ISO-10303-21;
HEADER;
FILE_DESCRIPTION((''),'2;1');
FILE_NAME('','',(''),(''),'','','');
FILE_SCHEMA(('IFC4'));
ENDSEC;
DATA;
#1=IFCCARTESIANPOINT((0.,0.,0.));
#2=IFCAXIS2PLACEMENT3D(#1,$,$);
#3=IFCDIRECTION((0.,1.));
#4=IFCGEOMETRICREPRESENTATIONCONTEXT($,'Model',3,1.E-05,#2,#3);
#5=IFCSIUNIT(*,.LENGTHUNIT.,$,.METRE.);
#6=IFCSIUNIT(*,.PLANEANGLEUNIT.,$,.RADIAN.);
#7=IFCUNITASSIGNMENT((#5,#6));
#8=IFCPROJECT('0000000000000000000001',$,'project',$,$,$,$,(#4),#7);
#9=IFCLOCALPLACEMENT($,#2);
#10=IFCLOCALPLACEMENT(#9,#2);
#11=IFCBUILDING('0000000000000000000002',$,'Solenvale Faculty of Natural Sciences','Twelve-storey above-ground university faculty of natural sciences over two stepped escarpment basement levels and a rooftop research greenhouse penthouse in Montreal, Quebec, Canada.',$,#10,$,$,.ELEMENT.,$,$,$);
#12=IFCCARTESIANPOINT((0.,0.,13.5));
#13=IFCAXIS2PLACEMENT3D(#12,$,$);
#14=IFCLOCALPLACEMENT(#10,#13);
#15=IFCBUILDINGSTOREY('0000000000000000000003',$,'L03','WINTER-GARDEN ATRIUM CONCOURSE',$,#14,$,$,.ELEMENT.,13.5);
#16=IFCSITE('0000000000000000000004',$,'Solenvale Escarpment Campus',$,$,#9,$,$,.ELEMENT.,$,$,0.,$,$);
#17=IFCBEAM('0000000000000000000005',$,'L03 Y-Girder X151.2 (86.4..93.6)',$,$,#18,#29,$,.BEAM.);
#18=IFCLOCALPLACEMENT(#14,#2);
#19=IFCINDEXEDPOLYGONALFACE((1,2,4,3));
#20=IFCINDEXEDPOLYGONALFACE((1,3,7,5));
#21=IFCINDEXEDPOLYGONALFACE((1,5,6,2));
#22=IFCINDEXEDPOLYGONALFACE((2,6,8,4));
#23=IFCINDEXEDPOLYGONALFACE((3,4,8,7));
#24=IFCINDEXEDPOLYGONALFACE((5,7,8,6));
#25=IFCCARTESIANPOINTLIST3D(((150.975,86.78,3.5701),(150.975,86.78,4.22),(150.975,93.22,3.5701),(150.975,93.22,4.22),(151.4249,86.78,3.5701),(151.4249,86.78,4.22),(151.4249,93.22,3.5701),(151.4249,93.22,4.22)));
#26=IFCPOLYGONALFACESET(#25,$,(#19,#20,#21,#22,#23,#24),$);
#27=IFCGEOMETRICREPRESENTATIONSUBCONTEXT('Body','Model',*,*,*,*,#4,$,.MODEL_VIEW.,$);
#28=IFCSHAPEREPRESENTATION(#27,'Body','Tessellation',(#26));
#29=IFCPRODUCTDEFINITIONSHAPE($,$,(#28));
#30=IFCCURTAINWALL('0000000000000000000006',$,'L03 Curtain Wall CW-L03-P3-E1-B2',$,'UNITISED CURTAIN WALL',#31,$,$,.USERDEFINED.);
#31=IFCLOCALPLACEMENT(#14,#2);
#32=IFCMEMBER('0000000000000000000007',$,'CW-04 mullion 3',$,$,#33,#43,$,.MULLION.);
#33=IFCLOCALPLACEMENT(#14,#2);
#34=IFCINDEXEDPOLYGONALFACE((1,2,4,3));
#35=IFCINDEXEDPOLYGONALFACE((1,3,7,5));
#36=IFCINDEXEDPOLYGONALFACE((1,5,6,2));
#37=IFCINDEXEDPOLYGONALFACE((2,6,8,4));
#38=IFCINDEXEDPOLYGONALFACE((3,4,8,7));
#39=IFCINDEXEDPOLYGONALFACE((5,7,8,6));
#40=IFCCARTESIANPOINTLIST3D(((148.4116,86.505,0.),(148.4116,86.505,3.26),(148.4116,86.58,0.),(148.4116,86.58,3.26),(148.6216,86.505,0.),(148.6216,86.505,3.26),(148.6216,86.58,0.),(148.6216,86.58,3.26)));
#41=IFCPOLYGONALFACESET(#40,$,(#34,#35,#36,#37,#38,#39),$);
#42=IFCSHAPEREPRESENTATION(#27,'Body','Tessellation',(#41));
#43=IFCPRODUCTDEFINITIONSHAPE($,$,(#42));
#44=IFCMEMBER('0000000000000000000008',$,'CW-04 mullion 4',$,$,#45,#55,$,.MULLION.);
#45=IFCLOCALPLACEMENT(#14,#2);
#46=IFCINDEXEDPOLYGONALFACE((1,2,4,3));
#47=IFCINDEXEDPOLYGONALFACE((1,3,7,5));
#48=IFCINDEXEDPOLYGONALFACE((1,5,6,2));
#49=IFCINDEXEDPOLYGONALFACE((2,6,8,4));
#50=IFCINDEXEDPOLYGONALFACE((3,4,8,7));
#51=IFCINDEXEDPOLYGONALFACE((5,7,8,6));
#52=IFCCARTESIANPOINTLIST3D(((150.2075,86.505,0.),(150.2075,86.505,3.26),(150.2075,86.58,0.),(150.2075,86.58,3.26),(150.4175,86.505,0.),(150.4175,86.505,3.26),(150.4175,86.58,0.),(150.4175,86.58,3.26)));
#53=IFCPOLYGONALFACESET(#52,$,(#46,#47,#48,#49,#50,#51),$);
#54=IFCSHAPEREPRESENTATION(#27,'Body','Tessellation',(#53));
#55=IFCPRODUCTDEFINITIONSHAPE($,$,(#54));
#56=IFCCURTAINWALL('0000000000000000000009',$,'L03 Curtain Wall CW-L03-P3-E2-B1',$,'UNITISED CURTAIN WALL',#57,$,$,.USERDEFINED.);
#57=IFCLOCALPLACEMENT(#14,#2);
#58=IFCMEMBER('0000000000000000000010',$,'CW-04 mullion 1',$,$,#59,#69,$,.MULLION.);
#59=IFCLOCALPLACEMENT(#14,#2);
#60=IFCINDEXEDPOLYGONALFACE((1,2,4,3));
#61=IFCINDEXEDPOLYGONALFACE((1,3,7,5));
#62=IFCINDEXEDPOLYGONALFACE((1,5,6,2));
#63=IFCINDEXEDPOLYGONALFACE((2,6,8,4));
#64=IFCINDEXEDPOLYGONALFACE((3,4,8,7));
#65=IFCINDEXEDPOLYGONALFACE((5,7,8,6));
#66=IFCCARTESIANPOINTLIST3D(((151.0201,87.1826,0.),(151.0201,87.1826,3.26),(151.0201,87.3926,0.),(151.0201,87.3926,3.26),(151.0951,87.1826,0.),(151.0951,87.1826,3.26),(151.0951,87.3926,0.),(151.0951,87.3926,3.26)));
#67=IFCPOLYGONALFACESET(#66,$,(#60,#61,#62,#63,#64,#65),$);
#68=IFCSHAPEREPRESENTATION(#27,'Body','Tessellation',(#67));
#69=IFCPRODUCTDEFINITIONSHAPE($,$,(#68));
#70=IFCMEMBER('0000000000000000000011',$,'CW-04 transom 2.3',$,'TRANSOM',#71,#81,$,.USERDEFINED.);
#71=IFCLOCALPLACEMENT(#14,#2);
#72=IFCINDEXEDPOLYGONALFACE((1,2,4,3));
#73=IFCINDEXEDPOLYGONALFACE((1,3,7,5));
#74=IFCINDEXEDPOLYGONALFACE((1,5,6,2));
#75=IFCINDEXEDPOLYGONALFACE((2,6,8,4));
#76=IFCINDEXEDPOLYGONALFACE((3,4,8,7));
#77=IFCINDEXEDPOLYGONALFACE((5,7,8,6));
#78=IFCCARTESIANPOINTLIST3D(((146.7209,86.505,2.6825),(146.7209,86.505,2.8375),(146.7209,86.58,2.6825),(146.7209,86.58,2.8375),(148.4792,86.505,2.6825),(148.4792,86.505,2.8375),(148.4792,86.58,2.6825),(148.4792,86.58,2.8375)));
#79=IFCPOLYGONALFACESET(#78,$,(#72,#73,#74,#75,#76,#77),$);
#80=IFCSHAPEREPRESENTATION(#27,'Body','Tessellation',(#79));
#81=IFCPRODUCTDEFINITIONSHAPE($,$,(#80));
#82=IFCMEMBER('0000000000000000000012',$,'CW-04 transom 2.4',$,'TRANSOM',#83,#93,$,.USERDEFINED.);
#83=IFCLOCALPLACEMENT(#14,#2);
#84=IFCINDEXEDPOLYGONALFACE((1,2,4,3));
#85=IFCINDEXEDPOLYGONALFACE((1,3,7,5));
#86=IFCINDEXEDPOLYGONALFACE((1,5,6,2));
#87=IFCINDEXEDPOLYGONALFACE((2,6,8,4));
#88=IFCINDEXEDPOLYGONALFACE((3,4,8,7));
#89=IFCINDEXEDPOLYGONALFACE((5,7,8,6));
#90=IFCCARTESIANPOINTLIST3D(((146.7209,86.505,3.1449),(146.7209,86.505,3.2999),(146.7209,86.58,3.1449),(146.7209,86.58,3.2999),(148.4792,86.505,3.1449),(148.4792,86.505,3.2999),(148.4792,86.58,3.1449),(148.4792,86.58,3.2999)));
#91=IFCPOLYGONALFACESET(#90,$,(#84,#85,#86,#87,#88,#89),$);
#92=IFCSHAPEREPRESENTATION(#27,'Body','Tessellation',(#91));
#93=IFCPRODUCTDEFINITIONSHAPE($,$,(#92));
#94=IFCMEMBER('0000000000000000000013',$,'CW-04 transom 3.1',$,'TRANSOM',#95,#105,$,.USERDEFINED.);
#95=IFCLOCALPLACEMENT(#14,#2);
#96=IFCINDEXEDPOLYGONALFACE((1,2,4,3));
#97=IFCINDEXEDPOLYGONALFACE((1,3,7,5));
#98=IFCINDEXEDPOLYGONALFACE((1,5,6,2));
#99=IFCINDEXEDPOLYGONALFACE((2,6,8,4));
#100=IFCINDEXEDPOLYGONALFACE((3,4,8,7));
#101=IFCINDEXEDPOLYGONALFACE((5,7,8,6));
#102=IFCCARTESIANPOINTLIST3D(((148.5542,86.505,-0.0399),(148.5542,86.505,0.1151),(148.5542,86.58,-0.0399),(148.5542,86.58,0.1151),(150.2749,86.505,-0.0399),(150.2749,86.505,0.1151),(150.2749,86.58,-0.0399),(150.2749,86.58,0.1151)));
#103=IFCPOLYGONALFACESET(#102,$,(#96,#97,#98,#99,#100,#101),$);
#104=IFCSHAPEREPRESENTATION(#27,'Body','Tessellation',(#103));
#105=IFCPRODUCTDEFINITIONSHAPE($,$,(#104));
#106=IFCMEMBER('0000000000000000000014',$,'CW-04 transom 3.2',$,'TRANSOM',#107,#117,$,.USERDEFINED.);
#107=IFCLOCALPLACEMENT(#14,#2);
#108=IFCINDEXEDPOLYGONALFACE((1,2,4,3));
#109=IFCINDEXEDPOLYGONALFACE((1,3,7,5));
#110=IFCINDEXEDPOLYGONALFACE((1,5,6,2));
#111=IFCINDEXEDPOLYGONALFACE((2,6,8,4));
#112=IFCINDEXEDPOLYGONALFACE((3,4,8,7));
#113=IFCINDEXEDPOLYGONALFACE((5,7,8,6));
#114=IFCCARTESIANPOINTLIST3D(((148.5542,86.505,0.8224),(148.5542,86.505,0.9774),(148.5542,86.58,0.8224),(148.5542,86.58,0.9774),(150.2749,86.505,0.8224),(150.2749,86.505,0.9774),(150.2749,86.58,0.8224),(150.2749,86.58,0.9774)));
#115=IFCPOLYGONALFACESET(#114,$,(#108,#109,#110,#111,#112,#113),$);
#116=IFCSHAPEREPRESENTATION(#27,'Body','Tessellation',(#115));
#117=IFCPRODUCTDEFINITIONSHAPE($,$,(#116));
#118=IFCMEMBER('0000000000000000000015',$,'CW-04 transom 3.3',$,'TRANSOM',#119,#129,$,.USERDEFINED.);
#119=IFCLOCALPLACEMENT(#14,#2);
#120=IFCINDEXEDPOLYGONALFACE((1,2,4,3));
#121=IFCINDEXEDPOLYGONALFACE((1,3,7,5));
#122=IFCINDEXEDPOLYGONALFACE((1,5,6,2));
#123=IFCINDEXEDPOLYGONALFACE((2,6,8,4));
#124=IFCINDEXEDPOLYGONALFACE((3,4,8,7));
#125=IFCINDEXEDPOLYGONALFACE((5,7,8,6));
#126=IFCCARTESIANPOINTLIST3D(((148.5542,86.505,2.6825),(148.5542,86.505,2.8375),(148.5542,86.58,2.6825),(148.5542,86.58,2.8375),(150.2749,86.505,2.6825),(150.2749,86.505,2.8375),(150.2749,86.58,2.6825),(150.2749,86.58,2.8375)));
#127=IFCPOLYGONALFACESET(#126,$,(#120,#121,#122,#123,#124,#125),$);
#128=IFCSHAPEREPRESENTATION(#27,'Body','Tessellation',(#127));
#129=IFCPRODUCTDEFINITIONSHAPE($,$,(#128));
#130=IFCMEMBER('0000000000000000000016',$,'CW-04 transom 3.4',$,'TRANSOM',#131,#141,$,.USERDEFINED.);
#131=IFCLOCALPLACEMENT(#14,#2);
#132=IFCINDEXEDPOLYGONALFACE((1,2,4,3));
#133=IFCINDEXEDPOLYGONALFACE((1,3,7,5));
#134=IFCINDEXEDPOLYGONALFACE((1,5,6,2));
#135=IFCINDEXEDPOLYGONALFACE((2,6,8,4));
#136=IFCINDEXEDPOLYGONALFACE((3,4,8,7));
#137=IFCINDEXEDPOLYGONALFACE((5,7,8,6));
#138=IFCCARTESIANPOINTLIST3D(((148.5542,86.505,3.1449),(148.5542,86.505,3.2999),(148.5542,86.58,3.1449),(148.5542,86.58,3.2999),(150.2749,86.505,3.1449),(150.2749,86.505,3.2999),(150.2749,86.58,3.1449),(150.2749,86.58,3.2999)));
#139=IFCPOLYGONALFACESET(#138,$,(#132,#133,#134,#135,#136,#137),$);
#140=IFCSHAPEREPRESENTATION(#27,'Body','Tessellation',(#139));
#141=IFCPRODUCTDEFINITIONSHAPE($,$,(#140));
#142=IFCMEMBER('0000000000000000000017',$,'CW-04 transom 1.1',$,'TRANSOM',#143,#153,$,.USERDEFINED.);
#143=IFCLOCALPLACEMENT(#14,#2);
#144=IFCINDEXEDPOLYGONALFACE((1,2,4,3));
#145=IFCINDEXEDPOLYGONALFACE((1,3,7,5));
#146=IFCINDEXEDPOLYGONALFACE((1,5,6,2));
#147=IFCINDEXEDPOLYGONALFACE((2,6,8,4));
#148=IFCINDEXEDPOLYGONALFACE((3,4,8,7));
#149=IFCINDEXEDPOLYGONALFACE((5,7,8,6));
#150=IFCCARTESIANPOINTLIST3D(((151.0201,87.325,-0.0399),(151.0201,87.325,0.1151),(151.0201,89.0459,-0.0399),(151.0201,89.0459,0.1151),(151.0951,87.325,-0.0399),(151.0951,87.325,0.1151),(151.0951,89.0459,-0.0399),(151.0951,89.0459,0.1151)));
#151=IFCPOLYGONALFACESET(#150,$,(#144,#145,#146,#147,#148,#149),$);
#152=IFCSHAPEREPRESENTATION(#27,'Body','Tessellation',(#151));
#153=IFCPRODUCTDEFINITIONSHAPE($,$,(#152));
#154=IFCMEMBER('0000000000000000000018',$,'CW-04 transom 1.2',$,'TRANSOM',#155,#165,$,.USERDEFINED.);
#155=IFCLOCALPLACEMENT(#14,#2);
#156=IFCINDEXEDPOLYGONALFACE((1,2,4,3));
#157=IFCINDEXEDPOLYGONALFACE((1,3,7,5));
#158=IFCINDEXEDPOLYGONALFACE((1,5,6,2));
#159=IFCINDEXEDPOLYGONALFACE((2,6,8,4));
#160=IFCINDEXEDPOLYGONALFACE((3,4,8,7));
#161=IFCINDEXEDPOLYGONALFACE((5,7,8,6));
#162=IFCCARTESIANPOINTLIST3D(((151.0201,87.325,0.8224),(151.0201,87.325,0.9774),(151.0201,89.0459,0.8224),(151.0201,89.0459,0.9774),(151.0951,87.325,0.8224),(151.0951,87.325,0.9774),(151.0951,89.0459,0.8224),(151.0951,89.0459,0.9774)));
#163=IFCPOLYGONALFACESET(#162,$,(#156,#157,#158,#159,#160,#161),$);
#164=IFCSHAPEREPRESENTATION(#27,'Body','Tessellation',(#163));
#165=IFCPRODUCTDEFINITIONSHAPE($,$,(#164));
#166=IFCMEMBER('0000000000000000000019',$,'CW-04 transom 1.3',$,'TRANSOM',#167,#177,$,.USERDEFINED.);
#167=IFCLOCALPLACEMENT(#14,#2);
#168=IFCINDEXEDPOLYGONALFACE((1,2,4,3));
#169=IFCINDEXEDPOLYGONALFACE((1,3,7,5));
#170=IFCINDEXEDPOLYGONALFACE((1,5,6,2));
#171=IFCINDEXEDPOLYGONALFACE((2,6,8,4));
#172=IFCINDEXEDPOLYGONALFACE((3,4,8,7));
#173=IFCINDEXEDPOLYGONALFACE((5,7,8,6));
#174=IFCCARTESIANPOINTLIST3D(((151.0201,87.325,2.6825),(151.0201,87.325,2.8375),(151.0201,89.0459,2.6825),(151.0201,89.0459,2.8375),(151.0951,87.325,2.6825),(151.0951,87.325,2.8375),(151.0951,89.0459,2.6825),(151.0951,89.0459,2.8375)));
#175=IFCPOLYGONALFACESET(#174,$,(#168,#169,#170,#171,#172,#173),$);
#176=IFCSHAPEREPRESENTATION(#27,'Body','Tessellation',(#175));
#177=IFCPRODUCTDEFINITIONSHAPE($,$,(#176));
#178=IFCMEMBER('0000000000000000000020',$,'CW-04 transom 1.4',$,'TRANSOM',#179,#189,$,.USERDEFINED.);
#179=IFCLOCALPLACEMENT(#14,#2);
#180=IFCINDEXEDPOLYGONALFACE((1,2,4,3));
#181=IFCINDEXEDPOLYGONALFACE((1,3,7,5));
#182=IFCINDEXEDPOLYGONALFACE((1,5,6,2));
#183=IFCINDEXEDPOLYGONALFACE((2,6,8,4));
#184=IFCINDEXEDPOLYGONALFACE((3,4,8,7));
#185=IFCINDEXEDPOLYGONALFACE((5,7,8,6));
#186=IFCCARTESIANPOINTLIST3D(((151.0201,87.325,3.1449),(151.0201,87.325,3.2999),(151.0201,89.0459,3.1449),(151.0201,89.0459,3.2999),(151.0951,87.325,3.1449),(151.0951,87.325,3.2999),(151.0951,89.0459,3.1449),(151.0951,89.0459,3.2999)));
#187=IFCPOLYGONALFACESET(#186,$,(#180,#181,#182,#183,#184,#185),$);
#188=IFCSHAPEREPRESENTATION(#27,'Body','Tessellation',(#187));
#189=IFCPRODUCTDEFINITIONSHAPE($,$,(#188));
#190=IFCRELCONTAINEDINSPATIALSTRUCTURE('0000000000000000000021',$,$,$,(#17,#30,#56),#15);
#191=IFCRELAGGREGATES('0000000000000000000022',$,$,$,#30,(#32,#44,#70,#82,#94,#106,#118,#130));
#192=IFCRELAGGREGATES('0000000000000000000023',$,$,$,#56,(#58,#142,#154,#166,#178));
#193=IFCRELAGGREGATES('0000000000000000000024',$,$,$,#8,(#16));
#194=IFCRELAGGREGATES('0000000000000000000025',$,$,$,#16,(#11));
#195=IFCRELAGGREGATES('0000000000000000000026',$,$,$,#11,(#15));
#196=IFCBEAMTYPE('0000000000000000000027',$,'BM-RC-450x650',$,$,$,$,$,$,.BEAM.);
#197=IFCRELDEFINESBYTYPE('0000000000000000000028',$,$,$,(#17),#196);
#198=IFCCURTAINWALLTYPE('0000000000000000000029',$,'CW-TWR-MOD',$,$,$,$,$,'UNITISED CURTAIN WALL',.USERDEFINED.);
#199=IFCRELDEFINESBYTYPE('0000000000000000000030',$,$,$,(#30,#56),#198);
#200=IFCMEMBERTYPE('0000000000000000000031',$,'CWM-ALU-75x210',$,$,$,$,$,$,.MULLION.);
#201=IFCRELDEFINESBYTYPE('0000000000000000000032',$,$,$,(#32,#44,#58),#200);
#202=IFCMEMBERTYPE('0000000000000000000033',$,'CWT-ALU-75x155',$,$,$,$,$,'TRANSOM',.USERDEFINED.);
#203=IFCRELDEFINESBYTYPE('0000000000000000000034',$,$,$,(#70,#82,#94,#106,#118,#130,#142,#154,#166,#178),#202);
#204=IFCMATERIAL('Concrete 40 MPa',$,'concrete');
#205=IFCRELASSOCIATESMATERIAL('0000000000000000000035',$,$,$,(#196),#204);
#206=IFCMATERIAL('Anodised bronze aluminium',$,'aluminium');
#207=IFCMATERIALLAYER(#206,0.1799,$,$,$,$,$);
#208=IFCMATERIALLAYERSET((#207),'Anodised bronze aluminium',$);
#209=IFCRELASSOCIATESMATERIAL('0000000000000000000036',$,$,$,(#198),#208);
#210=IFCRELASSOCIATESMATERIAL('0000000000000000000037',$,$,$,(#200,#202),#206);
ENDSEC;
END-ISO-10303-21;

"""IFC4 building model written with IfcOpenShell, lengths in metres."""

from ifc_helpers import new_model, si_unit, direction, frame, origin, origin_2d, place, context, subcontext, project, spatial, rectangle, extrude, material, layer, layer_set, material_profile, profile_set, type_object, element, aggregate, save


model = new_model("IFC4")

# Units and contexts
model_context = context("Model", 3, precision=1e-05, world=origin(), true_north=direction((0.0, 1.0)))
body_context = subcontext(model_context, "Body", "Model", "MODEL_VIEW")
ifc_project = project(units=[si_unit("LENGTHUNIT", "METRE"), si_unit("PLANEANGLEUNIT", "RADIAN")], contexts=[model_context])

# Site, building, storey
site_placement = place(None, origin())
site = spatial("IfcSite", under=ifc_project, at=site_placement, Name="Solenvale Escarpment Campus", CompositionType="ELEMENT", RefElevation=0.0)
building_placement = place(site_placement, origin())
building = spatial("IfcBuilding", under=site, at=building_placement, Name="Solenvale Faculty of Natural Sciences", Description="Twelve-storey above-ground university faculty of natural sciences over two stepped escarpment basement levels and a rooftop research greenhouse penthouse in Montreal, Quebec, Canada.", CompositionType="ELEMENT")
storey_placement = place(building_placement, frame((0.0, 0.0, 13.5)))
storey = spatial("IfcBuildingStorey", under=building, at=storey_placement, Name="L03", Description="WINTER-GARDEN ATRIUM CONCOURSE", CompositionType="ELEMENT", Elevation=13.5)

# Beam
ifc_material_1 = material(Name="Concrete 40 MPa", Category="concrete")
ifc_material_profile_1 = material_profile(ifc_material_1, rectangle(XDim=0.45, YDim=0.6499, at=origin_2d()), Name="RC-BM-450x650")
ifc_profile_set_1 = profile_set([ifc_material_profile_1], Name="Concrete 40 MPa")
beam_type = type_object("IfcBeamType", Name="BM-RC-450x650", PredefinedType="BEAM", material=ifc_profile_set_1)
beam_placement = place(storey_placement, frame((151.2, 86.78, 3.895), z_axis=(0.0, 1.0, 0.0), x_axis=(-1.0, 0.0, 0.0)))
element("IfcBeam", 1, at=beam_placement, inside=storey, type_object=beam_type, Name="L03 Y-Girder X151.2 (86.4..93.6)", PredefinedType="BEAM", context=body_context, shape_type="SweptSolid", body=[
    extrude(rectangle(XDim=0.45, YDim=0.6499, at=origin_2d()), origin(), (0.0, 0.0, 1.0), 6.4399),
])

# Curtain wall, members
ifc_material_2 = material(Name="Anodised bronze aluminium", Category="aluminium")
ifc_layer_1 = layer(ifc_material_2, 0.1799)
ifc_layer_set_1 = layer_set([ifc_layer_1], Name="Anodised bronze aluminium")
curtain_wall_type = type_object("IfcCurtainWallType", Name="CW-TWR-MOD", ElementType="UNITISED CURTAIN WALL", PredefinedType="USERDEFINED", material=ifc_layer_set_1)
curtain_wall_1_placement = place(storey_placement, origin())
curtain_wall_1 = element("IfcCurtainWall", 2, at=curtain_wall_1_placement, inside=storey, type_object=curtain_wall_type, Name="L03 Curtain Wall CW-L03-P3-E1-B2", ObjectType="UNITISED CURTAIN WALL", PredefinedType="USERDEFINED")
ifc_material_profile_2 = material_profile(ifc_material_2, rectangle(XDim=0.075, YDim=0.21, at=origin_2d()), Name="ALU-MUL-75x210")
ifc_profile_set_2 = profile_set([ifc_material_profile_2], Name="Anodised bronze aluminium")
member_type_1 = type_object("IfcMemberType", Name="CWM-ALU-75x210", PredefinedType="MULLION", material=ifc_profile_set_2)
member_1_placement = place(storey_placement, frame((148.5166, 86.5425, 0.0), z_axis=(0.0, 0.0, 1.0), x_axis=(0.0, 1.0, 0.0)))
member_1 = element("IfcMember", 3, at=member_1_placement, type_object=member_type_1, Name="CW-04 mullion 3", PredefinedType="MULLION", context=body_context, shape_type="SweptSolid", body=[
    extrude(rectangle(XDim=0.075, YDim=0.21, at=origin_2d()), origin(), (0.0, 0.0, 1.0), 3.26),
])
member_2_placement = place(storey_placement, frame((150.3125, 86.5425, 0.0), z_axis=(0.0, 0.0, 1.0), x_axis=(0.0, 1.0, 0.0)))
member_2 = element("IfcMember", 4, at=member_2_placement, type_object=member_type_1, Name="CW-04 mullion 4", PredefinedType="MULLION", context=body_context, shape_type="SweptSolid", body=[
    extrude(rectangle(XDim=0.075, YDim=0.21, at=origin_2d()), origin(), (0.0, 0.0, 1.0), 3.26),
])

# Curtain wall, member
curtain_wall_2_placement = place(storey_placement, origin())
curtain_wall_2 = element("IfcCurtainWall", 5, at=curtain_wall_2_placement, inside=storey, type_object=curtain_wall_type, Name="L03 Curtain Wall CW-L03-P3-E2-B1", ObjectType="UNITISED CURTAIN WALL", PredefinedType="USERDEFINED")
member_3_placement = place(storey_placement, frame((151.0576, 87.2876, 0.0), z_axis=(0.0, 0.0, 1.0), x_axis=(-1.0, 0.0, 0.0)))
member_3 = element("IfcMember", 6, at=member_3_placement, type_object=member_type_1, Name="CW-04 mullion 1", PredefinedType="MULLION", context=body_context, shape_type="SweptSolid", body=[
    extrude(rectangle(XDim=0.075, YDim=0.21, at=origin_2d()), origin(), (0.0, 0.0, 1.0), 3.26),
])

# Members
ifc_material_profile_3 = material_profile(ifc_material_2, rectangle(XDim=0.075, YDim=0.155, at=origin_2d()), Name="ALU-TRN-75x155")
ifc_profile_set_3 = profile_set([ifc_material_profile_3], Name="Anodised bronze aluminium")
member_type_2 = type_object("IfcMemberType", Name="CWT-ALU-75x155", ElementType="TRANSOM", PredefinedType="USERDEFINED", material=ifc_profile_set_3)
member_4_placement = place(storey_placement, frame((146.7209, 86.5425, 2.76), z_axis=(1.0, 0.0, 0.0), x_axis=(0.0, 1.0, 0.0)))
member_4 = element("IfcMember", 7, at=member_4_placement, type_object=member_type_2, Name="CW-04 transom 2.3", ObjectType="TRANSOM", PredefinedType="USERDEFINED", context=body_context, shape_type="SweptSolid", body=[
    extrude(rectangle(XDim=0.075, YDim=0.155, at=origin_2d()), origin(), (0.0, 0.0, 1.0), 1.7583),
])
member_5_placement = place(storey_placement, frame((146.7209, 86.5425, 3.2224), z_axis=(1.0, 0.0, 0.0), x_axis=(0.0, 1.0, 0.0)))
member_5 = element("IfcMember", 8, at=member_5_placement, type_object=member_type_2, Name="CW-04 transom 2.4", ObjectType="TRANSOM", PredefinedType="USERDEFINED", context=body_context, shape_type="SweptSolid", body=[
    extrude(rectangle(XDim=0.075, YDim=0.155, at=origin_2d()), origin(), (0.0, 0.0, 1.0), 1.7583),
])
member_6_placement = place(storey_placement, frame((148.5542, 86.5425, 0.0376), z_axis=(1.0, 0.0, 0.0), x_axis=(0.0, 1.0, 0.0)))
member_6 = element("IfcMember", 9, at=member_6_placement, type_object=member_type_2, Name="CW-04 transom 3.1", ObjectType="TRANSOM", PredefinedType="USERDEFINED", context=body_context, shape_type="SweptSolid", body=[
    extrude(rectangle(XDim=0.075, YDim=0.155, at=origin_2d()), origin(), (0.0, 0.0, 1.0), 1.7207),
])
member_7_placement = place(storey_placement, frame((148.5542, 86.5425, 0.8999), z_axis=(1.0, 0.0, 0.0), x_axis=(0.0, 1.0, 0.0)))
member_7 = element("IfcMember", 10, at=member_7_placement, type_object=member_type_2, Name="CW-04 transom 3.2", ObjectType="TRANSOM", PredefinedType="USERDEFINED", context=body_context, shape_type="SweptSolid", body=[
    extrude(rectangle(XDim=0.075, YDim=0.155, at=origin_2d()), origin(), (0.0, 0.0, 1.0), 1.7207),
])
member_8_placement = place(storey_placement, frame((148.5542, 86.5425, 2.76), z_axis=(1.0, 0.0, 0.0), x_axis=(0.0, 1.0, 0.0)))
member_8 = element("IfcMember", 11, at=member_8_placement, type_object=member_type_2, Name="CW-04 transom 3.3", ObjectType="TRANSOM", PredefinedType="USERDEFINED", context=body_context, shape_type="SweptSolid", body=[
    extrude(rectangle(XDim=0.075, YDim=0.155, at=origin_2d()), origin(), (0.0, 0.0, 1.0), 1.7207),
])
member_9_placement = place(storey_placement, frame((148.5542, 86.5425, 3.2224), z_axis=(1.0, 0.0, 0.0), x_axis=(0.0, 1.0, 0.0)))
member_9 = element("IfcMember", 12, at=member_9_placement, type_object=member_type_2, Name="CW-04 transom 3.4", ObjectType="TRANSOM", PredefinedType="USERDEFINED", context=body_context, shape_type="SweptSolid", body=[
    extrude(rectangle(XDim=0.075, YDim=0.155, at=origin_2d()), origin(), (0.0, 0.0, 1.0), 1.7207),
])
member_10_placement = place(storey_placement, frame((151.0576, 87.325, 0.0376), z_axis=(0.0, 1.0, 0.0), x_axis=(-1.0, 0.0, 0.0)))
member_10 = element("IfcMember", 13, at=member_10_placement, type_object=member_type_2, Name="CW-04 transom 1.1", ObjectType="TRANSOM", PredefinedType="USERDEFINED", context=body_context, shape_type="SweptSolid", body=[
    extrude(rectangle(XDim=0.075, YDim=0.155, at=origin_2d()), origin(), (0.0, 0.0, 1.0), 1.7209),
])
member_11_placement = place(storey_placement, frame((151.0576, 87.325, 0.8999), z_axis=(0.0, 1.0, 0.0), x_axis=(-1.0, 0.0, 0.0)))
member_11 = element("IfcMember", 14, at=member_11_placement, type_object=member_type_2, Name="CW-04 transom 1.2", ObjectType="TRANSOM", PredefinedType="USERDEFINED", context=body_context, shape_type="SweptSolid", body=[
    extrude(rectangle(XDim=0.075, YDim=0.155, at=origin_2d()), origin(), (0.0, 0.0, 1.0), 1.7209),
])
member_12_placement = place(storey_placement, frame((151.0576, 87.325, 2.76), z_axis=(0.0, 1.0, 0.0), x_axis=(-1.0, 0.0, 0.0)))
member_12 = element("IfcMember", 15, at=member_12_placement, type_object=member_type_2, Name="CW-04 transom 1.3", ObjectType="TRANSOM", PredefinedType="USERDEFINED", context=body_context, shape_type="SweptSolid", body=[
    extrude(rectangle(XDim=0.075, YDim=0.155, at=origin_2d()), origin(), (0.0, 0.0, 1.0), 1.7209),
])
member_13_placement = place(storey_placement, frame((151.0576, 87.325, 3.2224), z_axis=(0.0, 1.0, 0.0), x_axis=(-1.0, 0.0, 0.0)))
member_13 = element("IfcMember", 16, at=member_13_placement, type_object=member_type_2, Name="CW-04 transom 1.4", ObjectType="TRANSOM", PredefinedType="USERDEFINED", context=body_context, shape_type="SweptSolid", body=[
    extrude(rectangle(XDim=0.075, YDim=0.155, at=origin_2d()), origin(), (0.0, 0.0, 1.0), 1.7209),
])

aggregate(curtain_wall_1, [member_1, member_2, member_4, member_5, member_6, member_7, member_8, member_9])
aggregate(curtain_wall_2, [member_3, member_10, member_11, member_12, member_13])

save(model, "model.ifc")
